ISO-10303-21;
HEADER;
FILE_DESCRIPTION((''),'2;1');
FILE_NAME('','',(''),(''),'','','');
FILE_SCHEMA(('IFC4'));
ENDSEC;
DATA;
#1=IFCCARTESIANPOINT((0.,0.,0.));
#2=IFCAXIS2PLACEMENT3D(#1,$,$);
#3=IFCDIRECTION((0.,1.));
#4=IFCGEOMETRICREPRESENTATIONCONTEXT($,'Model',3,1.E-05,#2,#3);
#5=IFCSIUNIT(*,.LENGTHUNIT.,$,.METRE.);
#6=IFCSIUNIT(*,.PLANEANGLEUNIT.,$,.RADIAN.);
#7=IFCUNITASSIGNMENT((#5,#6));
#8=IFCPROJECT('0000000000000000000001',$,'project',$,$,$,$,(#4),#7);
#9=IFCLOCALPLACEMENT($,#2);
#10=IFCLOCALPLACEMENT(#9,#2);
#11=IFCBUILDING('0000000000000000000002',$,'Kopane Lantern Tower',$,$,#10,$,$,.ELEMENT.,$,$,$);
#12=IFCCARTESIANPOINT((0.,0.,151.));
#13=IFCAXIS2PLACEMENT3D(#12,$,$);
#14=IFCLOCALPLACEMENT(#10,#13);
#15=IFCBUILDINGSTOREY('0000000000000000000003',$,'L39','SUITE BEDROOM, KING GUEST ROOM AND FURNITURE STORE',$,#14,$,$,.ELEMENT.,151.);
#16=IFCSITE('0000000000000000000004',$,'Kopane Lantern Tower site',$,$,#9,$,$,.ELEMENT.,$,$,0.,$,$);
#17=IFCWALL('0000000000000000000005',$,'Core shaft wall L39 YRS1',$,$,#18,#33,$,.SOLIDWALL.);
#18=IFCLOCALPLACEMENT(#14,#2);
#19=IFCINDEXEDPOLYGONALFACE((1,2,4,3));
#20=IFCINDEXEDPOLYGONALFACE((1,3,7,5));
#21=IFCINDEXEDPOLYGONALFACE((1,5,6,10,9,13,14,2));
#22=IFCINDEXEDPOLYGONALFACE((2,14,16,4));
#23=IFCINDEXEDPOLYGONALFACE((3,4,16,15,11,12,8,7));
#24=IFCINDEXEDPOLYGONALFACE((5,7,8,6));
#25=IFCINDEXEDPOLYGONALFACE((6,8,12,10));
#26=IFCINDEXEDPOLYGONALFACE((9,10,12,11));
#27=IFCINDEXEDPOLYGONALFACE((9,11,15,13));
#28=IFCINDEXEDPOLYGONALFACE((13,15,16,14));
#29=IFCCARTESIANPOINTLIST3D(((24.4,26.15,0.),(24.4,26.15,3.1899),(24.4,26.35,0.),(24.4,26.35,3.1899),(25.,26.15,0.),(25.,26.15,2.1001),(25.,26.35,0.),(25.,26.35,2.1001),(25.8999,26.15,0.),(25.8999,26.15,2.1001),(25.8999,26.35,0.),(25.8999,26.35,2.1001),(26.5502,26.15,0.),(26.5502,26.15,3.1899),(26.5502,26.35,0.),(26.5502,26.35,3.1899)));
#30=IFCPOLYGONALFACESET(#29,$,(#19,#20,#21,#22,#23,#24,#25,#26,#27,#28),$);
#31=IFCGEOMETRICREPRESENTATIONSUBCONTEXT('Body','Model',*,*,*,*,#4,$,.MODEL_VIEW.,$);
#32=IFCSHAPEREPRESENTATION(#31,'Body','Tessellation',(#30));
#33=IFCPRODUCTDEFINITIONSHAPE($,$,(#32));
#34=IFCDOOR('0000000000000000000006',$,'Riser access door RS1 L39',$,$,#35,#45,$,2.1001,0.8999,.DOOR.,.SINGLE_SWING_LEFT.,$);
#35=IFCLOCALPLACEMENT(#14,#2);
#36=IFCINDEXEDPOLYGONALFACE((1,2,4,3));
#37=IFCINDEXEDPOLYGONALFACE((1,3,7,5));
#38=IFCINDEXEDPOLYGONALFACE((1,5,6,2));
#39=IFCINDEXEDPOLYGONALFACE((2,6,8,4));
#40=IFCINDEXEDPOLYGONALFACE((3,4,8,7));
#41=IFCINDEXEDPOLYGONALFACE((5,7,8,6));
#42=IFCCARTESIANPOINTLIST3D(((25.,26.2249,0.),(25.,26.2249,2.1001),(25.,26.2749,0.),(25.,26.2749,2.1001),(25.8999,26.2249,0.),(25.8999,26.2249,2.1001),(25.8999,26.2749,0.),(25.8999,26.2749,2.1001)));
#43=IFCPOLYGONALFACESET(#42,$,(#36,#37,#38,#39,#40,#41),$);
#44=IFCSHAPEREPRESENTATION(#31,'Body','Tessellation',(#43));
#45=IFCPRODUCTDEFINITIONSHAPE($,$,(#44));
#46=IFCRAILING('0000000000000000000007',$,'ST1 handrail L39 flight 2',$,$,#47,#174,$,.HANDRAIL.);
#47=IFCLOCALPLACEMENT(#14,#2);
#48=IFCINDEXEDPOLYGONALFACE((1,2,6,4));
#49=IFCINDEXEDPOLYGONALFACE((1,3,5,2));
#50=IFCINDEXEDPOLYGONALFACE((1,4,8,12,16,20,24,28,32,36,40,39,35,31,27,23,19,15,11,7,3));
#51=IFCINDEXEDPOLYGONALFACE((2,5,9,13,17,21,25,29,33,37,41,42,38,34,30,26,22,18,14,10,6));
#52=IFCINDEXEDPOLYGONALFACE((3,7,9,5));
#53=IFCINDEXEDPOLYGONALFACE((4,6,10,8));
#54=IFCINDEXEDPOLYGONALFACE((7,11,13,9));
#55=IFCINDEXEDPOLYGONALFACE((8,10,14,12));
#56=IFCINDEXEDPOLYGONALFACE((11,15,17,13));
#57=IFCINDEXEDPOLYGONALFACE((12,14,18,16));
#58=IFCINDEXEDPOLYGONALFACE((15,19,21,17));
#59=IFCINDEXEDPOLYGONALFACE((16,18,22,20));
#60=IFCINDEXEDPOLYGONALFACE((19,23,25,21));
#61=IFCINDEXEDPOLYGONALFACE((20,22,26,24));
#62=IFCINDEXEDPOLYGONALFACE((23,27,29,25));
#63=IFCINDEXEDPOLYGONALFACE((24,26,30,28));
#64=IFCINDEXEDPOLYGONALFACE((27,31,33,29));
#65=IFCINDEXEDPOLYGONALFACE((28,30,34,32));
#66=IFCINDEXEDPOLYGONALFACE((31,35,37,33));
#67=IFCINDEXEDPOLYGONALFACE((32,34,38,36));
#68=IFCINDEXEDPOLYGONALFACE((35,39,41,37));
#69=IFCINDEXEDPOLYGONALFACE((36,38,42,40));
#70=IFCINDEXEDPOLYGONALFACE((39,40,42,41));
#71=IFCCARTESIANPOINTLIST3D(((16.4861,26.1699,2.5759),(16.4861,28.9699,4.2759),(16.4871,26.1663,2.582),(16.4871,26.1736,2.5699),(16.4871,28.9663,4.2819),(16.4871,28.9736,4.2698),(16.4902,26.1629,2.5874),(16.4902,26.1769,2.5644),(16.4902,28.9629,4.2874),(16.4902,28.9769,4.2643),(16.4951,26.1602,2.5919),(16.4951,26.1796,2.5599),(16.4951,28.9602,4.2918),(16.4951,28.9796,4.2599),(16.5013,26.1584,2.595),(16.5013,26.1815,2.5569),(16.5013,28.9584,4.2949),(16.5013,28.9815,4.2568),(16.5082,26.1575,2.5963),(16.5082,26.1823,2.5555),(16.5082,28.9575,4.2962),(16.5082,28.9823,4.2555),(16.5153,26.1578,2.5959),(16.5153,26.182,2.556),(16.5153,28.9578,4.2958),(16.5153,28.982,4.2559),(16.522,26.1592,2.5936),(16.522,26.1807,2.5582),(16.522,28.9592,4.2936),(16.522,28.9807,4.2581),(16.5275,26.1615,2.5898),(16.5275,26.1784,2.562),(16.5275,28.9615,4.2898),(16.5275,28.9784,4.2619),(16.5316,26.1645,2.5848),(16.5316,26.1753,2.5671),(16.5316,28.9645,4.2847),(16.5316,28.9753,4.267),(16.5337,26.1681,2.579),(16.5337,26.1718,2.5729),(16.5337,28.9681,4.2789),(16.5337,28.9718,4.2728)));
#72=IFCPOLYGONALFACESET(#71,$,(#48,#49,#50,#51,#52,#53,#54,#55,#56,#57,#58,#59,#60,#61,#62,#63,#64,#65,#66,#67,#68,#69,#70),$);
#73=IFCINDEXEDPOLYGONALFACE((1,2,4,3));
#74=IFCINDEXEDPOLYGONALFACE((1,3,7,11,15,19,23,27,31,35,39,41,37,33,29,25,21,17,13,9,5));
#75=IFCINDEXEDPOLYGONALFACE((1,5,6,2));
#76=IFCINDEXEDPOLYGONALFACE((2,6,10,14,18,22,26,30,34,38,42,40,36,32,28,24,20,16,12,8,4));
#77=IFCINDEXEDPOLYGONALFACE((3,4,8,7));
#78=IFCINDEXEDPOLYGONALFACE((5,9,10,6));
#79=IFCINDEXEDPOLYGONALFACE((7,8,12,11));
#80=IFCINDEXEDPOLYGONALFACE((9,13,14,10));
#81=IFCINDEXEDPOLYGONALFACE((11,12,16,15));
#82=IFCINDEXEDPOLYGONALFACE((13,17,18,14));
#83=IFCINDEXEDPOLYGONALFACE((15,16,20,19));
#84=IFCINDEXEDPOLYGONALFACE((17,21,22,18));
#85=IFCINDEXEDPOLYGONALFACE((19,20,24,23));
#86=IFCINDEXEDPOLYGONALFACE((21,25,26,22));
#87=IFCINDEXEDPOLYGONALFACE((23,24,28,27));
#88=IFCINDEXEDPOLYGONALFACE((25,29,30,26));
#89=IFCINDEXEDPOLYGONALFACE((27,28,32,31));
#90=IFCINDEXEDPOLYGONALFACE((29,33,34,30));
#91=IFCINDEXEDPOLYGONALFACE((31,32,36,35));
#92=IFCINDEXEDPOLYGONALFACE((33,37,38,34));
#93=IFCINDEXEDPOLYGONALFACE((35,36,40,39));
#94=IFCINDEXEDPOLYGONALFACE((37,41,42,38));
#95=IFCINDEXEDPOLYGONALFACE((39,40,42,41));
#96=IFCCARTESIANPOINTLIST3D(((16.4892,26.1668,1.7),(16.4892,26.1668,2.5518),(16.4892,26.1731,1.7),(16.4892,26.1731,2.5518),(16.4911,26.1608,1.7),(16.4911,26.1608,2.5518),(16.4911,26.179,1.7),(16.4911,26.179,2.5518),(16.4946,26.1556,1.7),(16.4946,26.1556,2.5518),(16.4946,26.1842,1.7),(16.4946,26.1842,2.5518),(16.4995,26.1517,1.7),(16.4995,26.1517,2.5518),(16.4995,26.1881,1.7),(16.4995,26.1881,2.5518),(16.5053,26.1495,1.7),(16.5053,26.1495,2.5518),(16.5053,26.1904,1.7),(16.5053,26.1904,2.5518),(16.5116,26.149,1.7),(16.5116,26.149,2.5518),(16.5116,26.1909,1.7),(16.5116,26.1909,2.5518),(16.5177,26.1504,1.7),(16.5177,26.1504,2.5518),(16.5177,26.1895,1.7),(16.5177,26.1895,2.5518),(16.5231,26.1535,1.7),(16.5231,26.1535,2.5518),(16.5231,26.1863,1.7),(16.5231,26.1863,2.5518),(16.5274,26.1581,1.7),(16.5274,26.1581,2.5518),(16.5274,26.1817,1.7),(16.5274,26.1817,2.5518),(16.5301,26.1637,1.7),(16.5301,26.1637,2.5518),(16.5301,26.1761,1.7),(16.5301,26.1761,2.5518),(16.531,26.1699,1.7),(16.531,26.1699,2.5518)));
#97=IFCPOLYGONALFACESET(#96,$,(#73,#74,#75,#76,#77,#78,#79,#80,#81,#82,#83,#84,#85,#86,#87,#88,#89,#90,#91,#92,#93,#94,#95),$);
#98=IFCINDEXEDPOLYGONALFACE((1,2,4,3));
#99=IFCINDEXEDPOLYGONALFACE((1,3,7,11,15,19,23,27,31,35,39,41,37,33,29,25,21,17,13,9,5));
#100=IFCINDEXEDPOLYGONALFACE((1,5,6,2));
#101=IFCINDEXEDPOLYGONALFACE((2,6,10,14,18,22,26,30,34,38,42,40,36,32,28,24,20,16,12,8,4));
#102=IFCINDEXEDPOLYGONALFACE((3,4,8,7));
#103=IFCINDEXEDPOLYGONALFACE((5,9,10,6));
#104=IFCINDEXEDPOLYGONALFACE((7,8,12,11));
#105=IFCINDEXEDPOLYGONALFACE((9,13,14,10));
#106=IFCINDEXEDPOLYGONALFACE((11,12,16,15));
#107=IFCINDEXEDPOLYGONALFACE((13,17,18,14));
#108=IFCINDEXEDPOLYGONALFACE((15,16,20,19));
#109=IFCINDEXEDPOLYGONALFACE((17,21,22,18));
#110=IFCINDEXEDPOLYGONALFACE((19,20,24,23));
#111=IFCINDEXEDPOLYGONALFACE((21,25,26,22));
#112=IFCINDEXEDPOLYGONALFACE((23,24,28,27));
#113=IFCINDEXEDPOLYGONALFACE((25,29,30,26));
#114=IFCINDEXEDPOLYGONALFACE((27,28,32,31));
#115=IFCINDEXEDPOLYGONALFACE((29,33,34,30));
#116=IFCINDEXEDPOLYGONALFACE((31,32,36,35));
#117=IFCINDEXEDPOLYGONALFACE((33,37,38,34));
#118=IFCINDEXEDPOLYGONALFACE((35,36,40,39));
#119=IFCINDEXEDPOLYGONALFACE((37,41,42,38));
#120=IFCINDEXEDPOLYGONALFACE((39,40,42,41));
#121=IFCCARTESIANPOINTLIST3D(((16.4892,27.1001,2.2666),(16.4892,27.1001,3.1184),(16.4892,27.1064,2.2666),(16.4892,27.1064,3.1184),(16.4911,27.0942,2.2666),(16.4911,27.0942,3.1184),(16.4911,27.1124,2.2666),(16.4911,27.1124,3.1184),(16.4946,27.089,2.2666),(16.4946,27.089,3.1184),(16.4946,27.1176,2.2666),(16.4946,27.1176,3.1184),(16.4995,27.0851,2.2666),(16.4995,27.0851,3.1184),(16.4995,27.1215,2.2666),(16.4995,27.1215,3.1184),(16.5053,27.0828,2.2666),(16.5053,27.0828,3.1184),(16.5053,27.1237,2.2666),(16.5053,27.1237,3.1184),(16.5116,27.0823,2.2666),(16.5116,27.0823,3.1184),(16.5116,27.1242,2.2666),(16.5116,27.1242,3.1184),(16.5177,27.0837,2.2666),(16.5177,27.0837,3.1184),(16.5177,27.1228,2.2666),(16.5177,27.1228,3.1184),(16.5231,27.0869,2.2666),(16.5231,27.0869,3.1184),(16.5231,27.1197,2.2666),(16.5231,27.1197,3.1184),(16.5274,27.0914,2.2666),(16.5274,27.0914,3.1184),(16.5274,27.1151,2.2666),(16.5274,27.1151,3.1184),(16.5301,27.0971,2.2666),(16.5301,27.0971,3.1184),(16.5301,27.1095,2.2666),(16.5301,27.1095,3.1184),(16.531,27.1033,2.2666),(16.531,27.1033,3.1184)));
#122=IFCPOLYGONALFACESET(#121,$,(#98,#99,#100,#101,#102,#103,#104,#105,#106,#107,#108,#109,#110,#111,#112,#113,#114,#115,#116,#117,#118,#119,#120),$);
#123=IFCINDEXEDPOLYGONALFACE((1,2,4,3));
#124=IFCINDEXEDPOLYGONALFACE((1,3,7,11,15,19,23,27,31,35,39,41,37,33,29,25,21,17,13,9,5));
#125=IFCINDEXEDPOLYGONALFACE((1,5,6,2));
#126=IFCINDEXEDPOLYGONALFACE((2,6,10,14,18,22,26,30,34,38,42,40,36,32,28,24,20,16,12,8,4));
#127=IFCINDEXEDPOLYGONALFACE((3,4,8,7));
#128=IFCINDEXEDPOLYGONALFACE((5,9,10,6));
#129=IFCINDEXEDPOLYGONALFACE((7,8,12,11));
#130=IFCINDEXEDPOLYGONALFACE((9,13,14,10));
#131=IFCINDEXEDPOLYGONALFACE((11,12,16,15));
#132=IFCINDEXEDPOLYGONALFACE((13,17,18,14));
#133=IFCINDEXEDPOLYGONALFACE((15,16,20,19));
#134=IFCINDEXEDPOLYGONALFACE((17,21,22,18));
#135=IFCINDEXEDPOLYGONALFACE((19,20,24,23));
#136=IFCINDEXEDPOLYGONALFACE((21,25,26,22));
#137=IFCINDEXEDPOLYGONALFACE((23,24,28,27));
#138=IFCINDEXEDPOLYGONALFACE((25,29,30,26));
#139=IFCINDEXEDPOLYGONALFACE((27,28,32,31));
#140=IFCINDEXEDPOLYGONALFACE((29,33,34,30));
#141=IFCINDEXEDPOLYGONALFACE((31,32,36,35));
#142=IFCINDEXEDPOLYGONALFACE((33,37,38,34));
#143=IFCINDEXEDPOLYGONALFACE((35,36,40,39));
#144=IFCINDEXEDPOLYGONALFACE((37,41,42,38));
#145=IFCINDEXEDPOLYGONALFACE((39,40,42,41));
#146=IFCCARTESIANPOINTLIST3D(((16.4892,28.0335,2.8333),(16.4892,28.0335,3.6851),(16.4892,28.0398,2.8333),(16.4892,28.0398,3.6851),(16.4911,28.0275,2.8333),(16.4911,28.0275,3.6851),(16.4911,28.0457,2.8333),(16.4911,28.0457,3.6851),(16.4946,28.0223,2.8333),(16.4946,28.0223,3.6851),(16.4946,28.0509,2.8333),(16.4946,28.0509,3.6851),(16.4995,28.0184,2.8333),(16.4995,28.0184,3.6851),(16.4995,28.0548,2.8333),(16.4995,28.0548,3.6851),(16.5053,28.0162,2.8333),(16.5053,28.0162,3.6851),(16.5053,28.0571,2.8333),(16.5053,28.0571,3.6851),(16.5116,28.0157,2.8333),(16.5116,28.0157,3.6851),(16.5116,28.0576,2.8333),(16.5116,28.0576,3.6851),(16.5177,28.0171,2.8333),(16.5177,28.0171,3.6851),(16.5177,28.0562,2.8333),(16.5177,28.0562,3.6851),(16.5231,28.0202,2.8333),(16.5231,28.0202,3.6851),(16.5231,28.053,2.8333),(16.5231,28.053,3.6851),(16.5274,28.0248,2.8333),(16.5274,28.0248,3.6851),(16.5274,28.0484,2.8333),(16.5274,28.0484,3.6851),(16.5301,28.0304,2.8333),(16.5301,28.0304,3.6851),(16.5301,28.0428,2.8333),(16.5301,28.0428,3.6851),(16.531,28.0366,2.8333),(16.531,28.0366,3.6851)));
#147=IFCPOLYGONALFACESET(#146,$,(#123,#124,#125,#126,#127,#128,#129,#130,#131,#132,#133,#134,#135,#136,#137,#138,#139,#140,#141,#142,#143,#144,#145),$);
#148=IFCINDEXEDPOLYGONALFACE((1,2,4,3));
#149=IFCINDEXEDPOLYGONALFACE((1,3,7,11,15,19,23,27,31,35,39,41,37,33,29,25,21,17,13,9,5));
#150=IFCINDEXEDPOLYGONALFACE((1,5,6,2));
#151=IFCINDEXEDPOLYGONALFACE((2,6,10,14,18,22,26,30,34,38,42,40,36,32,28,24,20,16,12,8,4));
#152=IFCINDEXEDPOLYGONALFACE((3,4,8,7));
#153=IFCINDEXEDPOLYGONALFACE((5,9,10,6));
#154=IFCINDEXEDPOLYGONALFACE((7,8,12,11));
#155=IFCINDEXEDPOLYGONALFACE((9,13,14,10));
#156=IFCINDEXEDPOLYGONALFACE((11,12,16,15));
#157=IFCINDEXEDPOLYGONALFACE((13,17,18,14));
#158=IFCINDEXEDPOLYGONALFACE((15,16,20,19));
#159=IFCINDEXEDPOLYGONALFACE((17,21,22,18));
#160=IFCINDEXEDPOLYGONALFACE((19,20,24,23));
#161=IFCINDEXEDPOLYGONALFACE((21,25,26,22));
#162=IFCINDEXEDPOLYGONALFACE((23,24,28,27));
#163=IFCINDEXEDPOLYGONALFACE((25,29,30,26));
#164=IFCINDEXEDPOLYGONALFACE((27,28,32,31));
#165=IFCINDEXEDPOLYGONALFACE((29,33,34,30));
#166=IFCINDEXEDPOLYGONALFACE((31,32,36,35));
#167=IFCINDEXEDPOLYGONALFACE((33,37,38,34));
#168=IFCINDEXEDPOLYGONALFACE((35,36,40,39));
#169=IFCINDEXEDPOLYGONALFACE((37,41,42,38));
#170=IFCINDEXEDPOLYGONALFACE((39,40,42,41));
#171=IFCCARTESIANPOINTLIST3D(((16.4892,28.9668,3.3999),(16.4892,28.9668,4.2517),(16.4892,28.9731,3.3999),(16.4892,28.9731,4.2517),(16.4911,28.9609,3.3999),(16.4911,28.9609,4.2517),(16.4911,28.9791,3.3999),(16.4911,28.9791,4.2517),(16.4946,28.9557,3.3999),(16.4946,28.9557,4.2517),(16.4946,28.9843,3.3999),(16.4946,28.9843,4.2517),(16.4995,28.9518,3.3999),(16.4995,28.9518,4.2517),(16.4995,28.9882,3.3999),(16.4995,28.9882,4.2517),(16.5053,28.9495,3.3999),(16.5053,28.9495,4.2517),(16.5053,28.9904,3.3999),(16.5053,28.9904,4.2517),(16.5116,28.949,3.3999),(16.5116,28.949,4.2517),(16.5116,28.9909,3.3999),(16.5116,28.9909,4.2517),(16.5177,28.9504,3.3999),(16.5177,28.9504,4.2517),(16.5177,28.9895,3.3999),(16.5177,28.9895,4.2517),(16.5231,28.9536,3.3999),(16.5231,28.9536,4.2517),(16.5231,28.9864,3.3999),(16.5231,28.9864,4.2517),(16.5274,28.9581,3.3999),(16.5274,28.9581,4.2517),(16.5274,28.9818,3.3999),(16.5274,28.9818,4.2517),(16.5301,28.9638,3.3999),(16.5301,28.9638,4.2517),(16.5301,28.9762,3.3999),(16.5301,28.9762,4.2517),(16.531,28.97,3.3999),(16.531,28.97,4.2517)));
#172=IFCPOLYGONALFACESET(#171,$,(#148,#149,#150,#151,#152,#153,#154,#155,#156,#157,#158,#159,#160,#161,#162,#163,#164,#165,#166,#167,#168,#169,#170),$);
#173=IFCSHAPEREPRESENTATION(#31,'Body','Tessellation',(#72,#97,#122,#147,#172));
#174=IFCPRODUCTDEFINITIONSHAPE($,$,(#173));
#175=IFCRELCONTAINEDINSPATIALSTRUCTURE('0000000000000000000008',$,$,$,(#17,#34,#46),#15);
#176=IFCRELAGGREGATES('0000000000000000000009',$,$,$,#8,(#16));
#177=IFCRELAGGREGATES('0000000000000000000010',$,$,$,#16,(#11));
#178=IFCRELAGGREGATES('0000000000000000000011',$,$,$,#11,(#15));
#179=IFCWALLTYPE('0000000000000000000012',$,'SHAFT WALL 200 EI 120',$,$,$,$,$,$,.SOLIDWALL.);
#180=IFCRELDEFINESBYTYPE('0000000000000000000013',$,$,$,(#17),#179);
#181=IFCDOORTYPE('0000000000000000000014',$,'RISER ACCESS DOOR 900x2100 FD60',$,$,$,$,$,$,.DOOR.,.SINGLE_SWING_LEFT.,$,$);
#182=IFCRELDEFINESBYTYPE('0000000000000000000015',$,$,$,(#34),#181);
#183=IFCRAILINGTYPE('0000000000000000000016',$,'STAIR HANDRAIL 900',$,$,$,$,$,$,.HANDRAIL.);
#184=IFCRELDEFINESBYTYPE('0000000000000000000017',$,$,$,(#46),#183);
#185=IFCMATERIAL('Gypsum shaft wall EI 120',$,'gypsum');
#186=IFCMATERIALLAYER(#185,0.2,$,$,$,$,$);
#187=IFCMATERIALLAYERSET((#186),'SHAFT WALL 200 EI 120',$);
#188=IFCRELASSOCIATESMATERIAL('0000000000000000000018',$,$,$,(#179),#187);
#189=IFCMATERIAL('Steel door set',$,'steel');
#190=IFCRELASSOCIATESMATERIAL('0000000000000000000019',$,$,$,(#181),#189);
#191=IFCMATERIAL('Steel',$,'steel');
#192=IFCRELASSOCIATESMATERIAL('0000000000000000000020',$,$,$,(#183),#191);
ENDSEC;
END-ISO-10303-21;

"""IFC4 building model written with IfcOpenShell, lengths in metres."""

from ifc_helpers import new_model, si_unit, direction, frame, frame_2d, origin, origin_2d, place, context, subcontext, project, spatial, rectangle, circle, extrude, material, layer, layer_set, type_object, element, fill, save


model = new_model("IFC4")

# Units and contexts
model_context = context("Model", 3, precision=1e-05, world=origin(), true_north=direction((0.0, 1.0)))
body_context = subcontext(model_context, "Body", "Model", "MODEL_VIEW")
ifc_project = project(units=[si_unit("LENGTHUNIT", "METRE"), si_unit("PLANEANGLEUNIT", "RADIAN")], contexts=[model_context])

# Site, building, storey
site_placement = place(None, origin())
site = spatial("IfcSite", under=ifc_project, at=site_placement, Name="Kopane Lantern Tower site", CompositionType="ELEMENT", RefElevation=0.0)
building_placement = place(site_placement, origin())
building = spatial("IfcBuilding", under=site, at=building_placement, Name="Kopane Lantern Tower", CompositionType="ELEMENT")
storey_placement = place(building_placement, frame((0.0, 0.0, 151.0)))
storey = spatial("IfcBuildingStorey", under=building, at=storey_placement, Name="L39", Description="SUITE BEDROOM, KING GUEST ROOM AND FURNITURE STORE", CompositionType="ELEMENT", Elevation=151.0)

# Shared definitions
ifc_material_1 = material(Name="Gypsum shaft wall EI 120", Category="gypsum")
ifc_layer_1 = layer(ifc_material_1, 0.2)
ifc_layer_set_1 = layer_set([ifc_layer_1], Name="SHAFT WALL 200 EI 120")
wall_type_1 = type_object("IfcWallType", Name="SHAFT WALL 200 EI 120", PredefinedType="SOLIDWALL", material=ifc_layer_set_1)

# Wall, opening, door
wall_1_placement = place(storey_placement, frame((24.3999, 26.25, 0.0), z_axis=(0.0, 0.0, 1.0), x_axis=(1.0, 0.0, 0.0)))
wall_1 = element("IfcWall", 1, at=wall_1_placement, inside=storey, type_object=wall_type_1, Name="Core shaft wall L39 YRS1", PredefinedType="SOLIDWALL", context=body_context, shape_type="SweptSolid", body=[
    extrude(rectangle(XDim=2.1501, YDim=0.2, at=frame_2d((1.0752, 0.0))), origin(), (0.0, 0.0, 1.0), 3.1899),
])
opening_1_placement = place(wall_1_placement, frame((0.6001, 0.0, 0.0)))
opening_1 = element("IfcOpeningElement", 2, at=opening_1_placement, cuts=wall_1, PredefinedType="OPENING", context=body_context, shape_type="SweptSolid", body=[
    extrude(rectangle(XDim=0.8999, YDim=2.1001, at=frame_2d((0.45, 1.05))), frame((0.0, 0.1099, 0.0), z_axis=(0.0, -1.0, 0.0), x_axis=(1.0, 0.0, 0.0)), (0.0, 0.0, 1.0), 0.22),
])
ifc_material_2 = material(Name="Steel door set", Category="steel")
door_type_1 = type_object("IfcDoorType", Name="RISER ACCESS DOOR 900x2100 FD60", OperationType="SINGLE_SWING_LEFT", PredefinedType="DOOR", material=ifc_material_2)
door_1_placement = place(opening_1_placement, origin())
door_1 = element("IfcDoor", 3, at=door_1_placement, inside=storey, type_object=door_type_1, Name="Riser access door RS1 L39", OperationType="SINGLE_SWING_LEFT", OverallHeight=2.1001, OverallWidth=0.8999, PredefinedType="DOOR", context=body_context, shape_type="SweptSolid", body=[
    extrude(rectangle(XDim=0.8999, YDim=2.1001, at=frame_2d((0.45, 1.05))), frame((0.0, 0.0249, 0.0), z_axis=(0.0, -1.0, 0.0), x_axis=(1.0, 0.0, 0.0)), (0.0, 0.0, 1.0), 0.05),
])
fill(opening_1, door_1)

# Railing
ifc_material_3 = material(Name="Steel", Category="steel")
railing_type_1 = type_object("IfcRailingType", Name="STAIR HANDRAIL 900", PredefinedType="HANDRAIL", material=ifc_material_3)
for number, where, name in (
    (4, (16.51, 26.1699, 1.7), "ST1 handrail L39 flight 2"),
):
    element("IfcRailing", number, at=place(storey_placement, frame(where)), inside=storey, type_object=railing_type_1, Name=name, PredefinedType="HANDRAIL", context=body_context, shape_type="SweptSolid", body=[
        extrude(circle(Radius=0.0239, at=origin_2d()), frame((0.0, 0.0, 0.876), z_axis=(0.0, 0.854798, 0.518961), x_axis=(-1.0, 0.0, 0.0)), (0.0, 0.0, 1.0), 3.2756),
        extrude(circle(Radius=0.021, at=origin_2d()), origin(), (0.0, 0.0, 1.0), 0.8518),
        extrude(circle(Radius=0.021, at=origin_2d()), frame((0.0, 0.9333, 0.5667)), (0.0, 0.0, 1.0), 0.8518),
        extrude(circle(Radius=0.021, at=origin_2d()), frame((0.0, 1.8667, 1.1333)), (0.0, 0.0, 1.0), 0.8518),
        extrude(circle(Radius=0.021, at=origin_2d()), frame((0.0, 2.8, 1.7)), (0.0, 0.0, 1.0), 0.8518),
    ])

save(model, "model.ifc")
